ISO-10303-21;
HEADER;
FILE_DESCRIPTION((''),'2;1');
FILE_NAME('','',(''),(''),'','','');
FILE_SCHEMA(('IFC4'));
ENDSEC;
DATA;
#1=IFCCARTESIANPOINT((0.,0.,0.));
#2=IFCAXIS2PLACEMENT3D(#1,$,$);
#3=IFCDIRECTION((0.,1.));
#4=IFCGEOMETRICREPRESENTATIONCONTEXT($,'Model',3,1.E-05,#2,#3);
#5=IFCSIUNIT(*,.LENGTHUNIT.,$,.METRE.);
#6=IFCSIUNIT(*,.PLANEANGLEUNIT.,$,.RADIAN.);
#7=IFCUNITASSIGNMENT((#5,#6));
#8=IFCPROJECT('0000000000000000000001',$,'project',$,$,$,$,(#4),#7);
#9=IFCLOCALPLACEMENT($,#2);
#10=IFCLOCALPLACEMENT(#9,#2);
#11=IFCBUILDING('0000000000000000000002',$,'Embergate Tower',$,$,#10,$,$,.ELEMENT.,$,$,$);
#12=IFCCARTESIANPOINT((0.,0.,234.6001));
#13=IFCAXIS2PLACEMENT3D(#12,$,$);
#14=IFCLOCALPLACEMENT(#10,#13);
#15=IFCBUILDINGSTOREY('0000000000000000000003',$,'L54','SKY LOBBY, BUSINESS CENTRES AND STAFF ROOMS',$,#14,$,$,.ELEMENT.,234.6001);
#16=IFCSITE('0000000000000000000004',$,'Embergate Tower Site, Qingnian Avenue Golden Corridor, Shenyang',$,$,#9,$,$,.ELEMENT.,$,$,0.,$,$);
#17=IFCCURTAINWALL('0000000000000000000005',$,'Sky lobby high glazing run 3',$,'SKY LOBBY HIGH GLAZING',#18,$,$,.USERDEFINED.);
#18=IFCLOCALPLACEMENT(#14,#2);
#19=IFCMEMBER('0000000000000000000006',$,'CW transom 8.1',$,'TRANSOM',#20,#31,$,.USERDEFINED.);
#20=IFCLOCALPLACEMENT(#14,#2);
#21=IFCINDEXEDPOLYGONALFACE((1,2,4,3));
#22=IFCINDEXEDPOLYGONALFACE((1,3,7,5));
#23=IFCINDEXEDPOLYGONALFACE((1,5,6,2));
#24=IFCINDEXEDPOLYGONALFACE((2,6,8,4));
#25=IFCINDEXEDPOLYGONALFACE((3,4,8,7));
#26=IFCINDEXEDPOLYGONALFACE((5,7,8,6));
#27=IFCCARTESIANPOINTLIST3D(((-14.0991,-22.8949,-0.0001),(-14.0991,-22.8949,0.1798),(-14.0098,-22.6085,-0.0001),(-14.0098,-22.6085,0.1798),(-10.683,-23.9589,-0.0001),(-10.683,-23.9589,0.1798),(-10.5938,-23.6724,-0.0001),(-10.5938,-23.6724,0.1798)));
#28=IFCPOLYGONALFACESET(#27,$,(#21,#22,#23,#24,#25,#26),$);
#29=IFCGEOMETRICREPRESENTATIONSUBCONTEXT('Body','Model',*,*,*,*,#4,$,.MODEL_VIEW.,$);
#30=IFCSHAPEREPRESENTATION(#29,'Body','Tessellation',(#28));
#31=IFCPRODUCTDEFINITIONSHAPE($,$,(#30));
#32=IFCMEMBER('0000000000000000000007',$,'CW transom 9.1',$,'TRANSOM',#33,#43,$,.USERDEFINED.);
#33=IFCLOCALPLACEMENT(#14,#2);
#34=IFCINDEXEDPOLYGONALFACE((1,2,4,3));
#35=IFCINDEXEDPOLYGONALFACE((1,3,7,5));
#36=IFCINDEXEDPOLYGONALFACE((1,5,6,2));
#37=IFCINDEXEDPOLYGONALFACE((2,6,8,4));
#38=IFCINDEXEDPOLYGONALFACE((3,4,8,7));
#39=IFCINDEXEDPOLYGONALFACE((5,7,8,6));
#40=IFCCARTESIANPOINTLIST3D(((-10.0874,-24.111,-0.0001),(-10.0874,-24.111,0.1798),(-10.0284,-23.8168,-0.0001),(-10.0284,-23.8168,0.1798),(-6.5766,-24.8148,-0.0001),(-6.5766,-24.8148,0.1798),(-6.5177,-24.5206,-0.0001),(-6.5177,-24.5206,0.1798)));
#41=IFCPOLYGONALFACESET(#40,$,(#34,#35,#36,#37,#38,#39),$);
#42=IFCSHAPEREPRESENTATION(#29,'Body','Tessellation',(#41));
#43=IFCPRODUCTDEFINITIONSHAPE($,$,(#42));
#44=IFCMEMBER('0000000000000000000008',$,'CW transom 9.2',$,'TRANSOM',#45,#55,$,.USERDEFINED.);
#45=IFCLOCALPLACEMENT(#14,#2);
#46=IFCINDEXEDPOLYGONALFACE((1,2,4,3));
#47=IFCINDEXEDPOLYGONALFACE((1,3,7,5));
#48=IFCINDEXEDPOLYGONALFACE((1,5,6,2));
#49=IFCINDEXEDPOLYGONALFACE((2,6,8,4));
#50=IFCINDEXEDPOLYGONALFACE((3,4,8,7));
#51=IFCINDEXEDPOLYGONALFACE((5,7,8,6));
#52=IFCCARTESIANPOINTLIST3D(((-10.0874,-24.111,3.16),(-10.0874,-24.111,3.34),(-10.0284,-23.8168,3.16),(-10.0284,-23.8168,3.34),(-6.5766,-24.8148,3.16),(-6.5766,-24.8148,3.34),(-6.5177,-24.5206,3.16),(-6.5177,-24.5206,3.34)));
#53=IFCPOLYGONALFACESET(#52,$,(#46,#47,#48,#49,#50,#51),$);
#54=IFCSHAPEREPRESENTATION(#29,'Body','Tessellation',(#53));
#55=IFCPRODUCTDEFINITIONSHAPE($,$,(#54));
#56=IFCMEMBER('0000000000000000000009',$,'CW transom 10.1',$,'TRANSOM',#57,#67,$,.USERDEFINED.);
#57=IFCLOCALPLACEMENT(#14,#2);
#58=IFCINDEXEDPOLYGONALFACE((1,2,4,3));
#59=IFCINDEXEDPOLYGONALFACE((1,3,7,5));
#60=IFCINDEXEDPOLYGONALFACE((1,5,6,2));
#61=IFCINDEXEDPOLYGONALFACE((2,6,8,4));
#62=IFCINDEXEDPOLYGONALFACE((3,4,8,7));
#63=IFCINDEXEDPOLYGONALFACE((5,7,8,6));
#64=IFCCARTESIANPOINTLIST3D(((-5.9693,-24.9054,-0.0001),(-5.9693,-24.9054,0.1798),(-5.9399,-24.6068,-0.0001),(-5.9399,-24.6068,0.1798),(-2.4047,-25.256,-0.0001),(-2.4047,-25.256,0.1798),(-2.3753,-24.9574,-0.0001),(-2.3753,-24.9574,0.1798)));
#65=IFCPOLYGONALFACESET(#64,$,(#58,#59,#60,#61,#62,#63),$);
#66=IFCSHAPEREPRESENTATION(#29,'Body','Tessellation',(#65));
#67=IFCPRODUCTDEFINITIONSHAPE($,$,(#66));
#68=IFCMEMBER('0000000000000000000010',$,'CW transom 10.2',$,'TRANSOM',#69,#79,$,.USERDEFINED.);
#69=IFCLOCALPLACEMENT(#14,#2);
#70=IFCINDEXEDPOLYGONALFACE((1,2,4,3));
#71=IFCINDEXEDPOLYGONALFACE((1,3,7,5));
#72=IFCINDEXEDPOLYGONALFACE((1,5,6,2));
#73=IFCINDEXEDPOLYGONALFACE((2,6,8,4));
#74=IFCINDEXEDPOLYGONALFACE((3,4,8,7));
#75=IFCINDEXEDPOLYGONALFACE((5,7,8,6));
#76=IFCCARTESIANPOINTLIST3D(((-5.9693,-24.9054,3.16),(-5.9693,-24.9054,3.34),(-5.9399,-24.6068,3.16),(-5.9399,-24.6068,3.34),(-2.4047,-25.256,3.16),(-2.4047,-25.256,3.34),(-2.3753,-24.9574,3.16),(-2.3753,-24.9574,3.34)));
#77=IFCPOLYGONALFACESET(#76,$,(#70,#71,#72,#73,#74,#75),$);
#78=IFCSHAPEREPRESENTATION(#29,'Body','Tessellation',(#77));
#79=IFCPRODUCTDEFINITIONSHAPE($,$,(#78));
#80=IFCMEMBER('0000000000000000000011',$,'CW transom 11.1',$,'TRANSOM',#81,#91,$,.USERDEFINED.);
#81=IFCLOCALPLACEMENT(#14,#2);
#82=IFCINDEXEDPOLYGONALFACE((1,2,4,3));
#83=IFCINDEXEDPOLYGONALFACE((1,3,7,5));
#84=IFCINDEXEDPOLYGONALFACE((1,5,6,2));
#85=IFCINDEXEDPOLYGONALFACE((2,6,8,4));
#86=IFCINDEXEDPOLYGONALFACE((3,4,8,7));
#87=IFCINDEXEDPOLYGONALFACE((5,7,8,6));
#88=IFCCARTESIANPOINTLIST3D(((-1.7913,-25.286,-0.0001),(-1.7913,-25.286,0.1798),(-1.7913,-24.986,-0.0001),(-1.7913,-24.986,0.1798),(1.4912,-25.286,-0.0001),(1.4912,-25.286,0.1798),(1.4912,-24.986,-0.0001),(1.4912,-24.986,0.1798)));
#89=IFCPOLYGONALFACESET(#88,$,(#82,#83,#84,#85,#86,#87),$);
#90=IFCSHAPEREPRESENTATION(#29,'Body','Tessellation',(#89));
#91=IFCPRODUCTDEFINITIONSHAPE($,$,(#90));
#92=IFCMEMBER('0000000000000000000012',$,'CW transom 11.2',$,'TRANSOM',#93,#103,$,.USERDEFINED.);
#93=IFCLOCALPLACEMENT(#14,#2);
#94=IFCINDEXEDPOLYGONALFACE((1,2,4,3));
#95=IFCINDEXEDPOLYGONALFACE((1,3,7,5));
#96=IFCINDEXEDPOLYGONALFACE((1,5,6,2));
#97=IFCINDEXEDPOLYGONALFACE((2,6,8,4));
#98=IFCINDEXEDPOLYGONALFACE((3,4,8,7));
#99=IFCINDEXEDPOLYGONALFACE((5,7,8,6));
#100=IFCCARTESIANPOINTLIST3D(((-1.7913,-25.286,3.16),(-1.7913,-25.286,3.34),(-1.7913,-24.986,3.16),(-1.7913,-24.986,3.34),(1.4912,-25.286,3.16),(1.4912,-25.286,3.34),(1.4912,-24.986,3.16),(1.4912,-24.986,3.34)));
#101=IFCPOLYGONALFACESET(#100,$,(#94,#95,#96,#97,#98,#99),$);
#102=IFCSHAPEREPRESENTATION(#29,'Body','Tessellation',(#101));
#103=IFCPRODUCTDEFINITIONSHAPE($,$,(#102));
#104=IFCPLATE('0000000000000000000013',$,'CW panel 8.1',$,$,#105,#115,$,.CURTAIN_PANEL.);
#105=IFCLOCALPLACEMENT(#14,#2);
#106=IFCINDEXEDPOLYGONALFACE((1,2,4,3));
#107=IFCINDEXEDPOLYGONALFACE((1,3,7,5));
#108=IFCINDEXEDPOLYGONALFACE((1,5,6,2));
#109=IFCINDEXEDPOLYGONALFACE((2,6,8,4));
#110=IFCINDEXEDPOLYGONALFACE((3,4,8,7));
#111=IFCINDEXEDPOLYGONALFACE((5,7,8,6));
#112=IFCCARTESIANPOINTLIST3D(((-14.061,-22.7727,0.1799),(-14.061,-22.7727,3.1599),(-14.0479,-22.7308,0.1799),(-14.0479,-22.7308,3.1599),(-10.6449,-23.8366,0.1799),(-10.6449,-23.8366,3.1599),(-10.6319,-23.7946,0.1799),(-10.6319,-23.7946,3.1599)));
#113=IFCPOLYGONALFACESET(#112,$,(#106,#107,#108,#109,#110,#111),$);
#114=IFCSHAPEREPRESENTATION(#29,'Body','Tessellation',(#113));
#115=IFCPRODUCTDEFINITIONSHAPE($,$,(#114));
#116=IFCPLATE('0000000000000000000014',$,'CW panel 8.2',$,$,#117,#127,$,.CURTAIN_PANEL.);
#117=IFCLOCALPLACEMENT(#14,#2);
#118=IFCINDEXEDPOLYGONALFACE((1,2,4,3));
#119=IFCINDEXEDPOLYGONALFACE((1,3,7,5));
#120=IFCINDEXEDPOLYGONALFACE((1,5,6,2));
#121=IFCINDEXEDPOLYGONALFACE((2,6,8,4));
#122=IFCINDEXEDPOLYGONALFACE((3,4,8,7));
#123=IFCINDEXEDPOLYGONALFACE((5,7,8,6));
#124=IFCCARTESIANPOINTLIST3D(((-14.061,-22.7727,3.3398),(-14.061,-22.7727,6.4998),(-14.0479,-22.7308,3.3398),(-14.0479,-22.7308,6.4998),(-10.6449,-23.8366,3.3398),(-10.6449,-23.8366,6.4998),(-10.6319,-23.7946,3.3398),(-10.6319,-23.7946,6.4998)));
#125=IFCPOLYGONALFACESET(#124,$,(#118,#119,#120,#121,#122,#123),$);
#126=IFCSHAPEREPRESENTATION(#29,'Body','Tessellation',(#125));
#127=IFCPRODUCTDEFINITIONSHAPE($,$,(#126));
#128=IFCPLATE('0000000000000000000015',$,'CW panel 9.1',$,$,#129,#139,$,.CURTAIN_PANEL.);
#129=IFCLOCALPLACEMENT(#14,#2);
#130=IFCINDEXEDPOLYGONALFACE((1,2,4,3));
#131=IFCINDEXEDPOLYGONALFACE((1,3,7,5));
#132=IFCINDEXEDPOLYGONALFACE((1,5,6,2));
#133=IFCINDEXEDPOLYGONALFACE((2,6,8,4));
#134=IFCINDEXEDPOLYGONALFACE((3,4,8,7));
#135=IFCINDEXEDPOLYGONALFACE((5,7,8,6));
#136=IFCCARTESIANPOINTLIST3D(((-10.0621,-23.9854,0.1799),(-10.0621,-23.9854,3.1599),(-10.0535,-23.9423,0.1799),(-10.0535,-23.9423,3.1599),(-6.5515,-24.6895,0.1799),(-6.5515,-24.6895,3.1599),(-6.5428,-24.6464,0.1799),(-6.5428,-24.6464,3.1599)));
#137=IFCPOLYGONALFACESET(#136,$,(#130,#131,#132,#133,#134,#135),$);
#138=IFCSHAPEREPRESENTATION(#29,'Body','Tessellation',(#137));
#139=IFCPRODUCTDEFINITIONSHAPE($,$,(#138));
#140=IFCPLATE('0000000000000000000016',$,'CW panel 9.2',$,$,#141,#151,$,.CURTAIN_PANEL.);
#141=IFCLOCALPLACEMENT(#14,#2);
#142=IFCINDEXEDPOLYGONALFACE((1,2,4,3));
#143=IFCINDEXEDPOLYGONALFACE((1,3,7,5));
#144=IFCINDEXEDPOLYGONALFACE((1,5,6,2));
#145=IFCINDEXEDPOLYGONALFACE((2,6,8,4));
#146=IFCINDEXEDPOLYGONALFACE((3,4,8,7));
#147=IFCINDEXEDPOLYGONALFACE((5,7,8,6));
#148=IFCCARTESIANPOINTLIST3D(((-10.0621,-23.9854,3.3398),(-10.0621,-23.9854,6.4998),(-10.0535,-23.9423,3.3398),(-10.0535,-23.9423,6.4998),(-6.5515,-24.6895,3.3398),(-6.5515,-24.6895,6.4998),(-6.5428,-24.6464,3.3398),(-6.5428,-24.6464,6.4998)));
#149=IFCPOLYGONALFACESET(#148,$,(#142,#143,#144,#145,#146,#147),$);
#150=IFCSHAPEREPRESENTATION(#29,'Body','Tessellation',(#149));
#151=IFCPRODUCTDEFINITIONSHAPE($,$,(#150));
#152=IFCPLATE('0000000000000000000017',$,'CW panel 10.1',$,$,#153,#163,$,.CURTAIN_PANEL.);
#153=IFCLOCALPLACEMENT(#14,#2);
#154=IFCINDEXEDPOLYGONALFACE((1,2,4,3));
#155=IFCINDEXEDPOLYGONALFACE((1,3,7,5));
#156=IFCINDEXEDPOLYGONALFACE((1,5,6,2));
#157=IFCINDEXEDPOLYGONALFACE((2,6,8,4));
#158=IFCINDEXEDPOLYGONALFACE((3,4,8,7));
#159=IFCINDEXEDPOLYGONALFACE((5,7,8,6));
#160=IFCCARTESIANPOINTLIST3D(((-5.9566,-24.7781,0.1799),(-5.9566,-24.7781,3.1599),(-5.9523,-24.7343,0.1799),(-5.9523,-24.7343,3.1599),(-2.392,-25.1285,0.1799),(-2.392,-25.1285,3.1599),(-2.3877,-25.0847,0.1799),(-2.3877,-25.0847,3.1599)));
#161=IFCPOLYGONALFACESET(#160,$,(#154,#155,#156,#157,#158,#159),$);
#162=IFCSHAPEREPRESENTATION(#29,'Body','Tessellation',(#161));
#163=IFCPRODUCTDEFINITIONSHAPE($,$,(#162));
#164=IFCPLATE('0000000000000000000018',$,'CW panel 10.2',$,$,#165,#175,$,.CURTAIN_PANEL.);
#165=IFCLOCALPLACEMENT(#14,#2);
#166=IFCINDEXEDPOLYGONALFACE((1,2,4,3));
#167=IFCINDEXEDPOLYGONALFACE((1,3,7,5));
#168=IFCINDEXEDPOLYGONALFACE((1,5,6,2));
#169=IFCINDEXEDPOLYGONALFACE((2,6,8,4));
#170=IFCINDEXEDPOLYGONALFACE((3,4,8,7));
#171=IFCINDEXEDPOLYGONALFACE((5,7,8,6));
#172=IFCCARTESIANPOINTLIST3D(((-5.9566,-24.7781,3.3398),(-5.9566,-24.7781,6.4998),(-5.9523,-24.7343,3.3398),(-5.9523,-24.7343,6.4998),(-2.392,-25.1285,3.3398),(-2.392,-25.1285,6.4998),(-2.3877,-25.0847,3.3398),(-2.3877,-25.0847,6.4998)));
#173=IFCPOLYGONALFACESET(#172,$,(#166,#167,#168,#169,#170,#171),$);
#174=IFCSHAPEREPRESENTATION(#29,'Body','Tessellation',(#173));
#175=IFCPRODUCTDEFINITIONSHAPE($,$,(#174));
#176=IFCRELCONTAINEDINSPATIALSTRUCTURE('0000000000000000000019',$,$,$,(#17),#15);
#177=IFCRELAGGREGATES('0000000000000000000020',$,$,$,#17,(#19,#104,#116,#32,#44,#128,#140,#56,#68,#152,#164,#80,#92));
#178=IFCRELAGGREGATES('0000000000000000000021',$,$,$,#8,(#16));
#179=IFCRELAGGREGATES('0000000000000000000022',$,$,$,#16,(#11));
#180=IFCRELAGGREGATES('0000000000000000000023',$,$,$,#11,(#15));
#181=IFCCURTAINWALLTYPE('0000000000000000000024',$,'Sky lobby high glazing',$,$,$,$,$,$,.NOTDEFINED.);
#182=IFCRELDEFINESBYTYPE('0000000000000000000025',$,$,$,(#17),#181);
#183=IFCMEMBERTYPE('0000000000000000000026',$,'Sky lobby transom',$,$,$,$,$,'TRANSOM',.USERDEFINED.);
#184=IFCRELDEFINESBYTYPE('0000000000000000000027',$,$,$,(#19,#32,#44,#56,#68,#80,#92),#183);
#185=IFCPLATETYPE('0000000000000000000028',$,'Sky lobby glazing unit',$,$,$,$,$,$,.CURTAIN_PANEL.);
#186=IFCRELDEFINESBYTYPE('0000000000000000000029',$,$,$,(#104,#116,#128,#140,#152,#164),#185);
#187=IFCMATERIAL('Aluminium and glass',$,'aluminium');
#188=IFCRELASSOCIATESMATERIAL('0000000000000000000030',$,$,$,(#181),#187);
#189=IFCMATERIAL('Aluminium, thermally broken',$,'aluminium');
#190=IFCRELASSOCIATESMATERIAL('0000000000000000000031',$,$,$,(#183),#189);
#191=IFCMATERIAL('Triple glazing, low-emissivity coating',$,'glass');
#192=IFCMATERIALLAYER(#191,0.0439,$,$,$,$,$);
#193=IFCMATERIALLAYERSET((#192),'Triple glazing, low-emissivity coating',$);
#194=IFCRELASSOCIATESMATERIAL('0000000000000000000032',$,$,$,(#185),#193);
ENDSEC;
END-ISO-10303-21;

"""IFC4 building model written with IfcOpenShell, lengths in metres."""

from ifc_helpers import new_model, si_unit, direction, frame, origin, origin_2d, place, context, subcontext, project, spatial, rectangle, extrude, source, transform, mapped, material, layer, layer_set, material_profile, profile_set, type_object, element, aggregate, save


model = new_model("IFC4")

# Units and contexts
model_context = context("Model", 3, precision=1e-05, world=origin(), true_north=direction((0.0, 1.0)))
body_context = subcontext(model_context, "Body", "Model", "MODEL_VIEW")
ifc_project = project(units=[si_unit("LENGTHUNIT", "METRE"), si_unit("PLANEANGLEUNIT", "RADIAN")], contexts=[model_context])

# Site, building, storey
site_placement = place(None, origin())
site = spatial("IfcSite", under=ifc_project, at=site_placement, Name="Embergate Tower Site, Qingnian Avenue Golden Corridor, Shenyang", CompositionType="ELEMENT", RefElevation=0.0)
building_placement = place(site_placement, origin())
building = spatial("IfcBuilding", under=site, at=building_placement, Name="Embergate Tower", CompositionType="ELEMENT")
storey_placement = place(building_placement, frame((0.0, 0.0, 234.6001)))
storey = spatial("IfcBuildingStorey", under=building, at=storey_placement, Name="L54", Description="SKY LOBBY, BUSINESS CENTRES AND STAFF ROOMS", CompositionType="ELEMENT", Elevation=234.6001)

# Curtain wall, members
ifc_material_1 = material(Name="Aluminium and glass", Category="aluminium")
curtain_wall_type = type_object("IfcCurtainWallType", Name="Sky lobby high glazing", PredefinedType="NOTDEFINED", material=ifc_material_1)
curtain_wall_placement = place(storey_placement, origin())
curtain_wall = element("IfcCurtainWall", 1, at=curtain_wall_placement, inside=storey, type_object=curtain_wall_type, Name="Sky lobby high glazing run 3", ObjectType="SKY LOBBY HIGH GLAZING", PredefinedType="USERDEFINED")
ifc_material_2 = material(Name="Aluminium, thermally broken", Category="aluminium")
ifc_material_profile_1 = material_profile(ifc_material_2, rectangle(XDim=0.3, YDim=0.1799, at=origin_2d()), Name="AL 180x300")
ifc_profile_set_1 = profile_set([ifc_material_profile_1], Name="Aluminium, thermally broken")
member_type_1 = type_object("IfcMemberType", Name="Sky lobby transom", ElementType="TRANSOM", PredefinedType="USERDEFINED", material=ifc_profile_set_1)
shared_shape_1 = source(origin(), body_context, "Body", "SweptSolid", [
    extrude(rectangle(XDim=0.3, YDim=0.1799, at=origin_2d()), origin(), (0.0, 0.0, 1.0), 3.5779),
])
member_1_placement = place(storey_placement, frame((-14.0544, -22.7517, 0.0898), z_axis=(0.954761, -0.297373, 0.0), x_axis=(0.297373, 0.954761, 0.0)))
member_1 = element("IfcMember", 2, at=member_1_placement, type_object=member_type_1, Name="CW transom 8.1", ObjectType="TRANSOM", PredefinedType="USERDEFINED", context=body_context, shape_type="MappedRepresentation", body=[
    mapped(shared_shape_1, transform((0.0, 0.0, 0.0))),
])
shared_shape_2 = source(origin(), body_context, "Body", "SweptSolid", [
    extrude(rectangle(XDim=0.3, YDim=0.1799, at=origin_2d()), origin(), (0.0, 0.0, 1.0), 3.5806),
])
member_2_placement = place(storey_placement, frame((-10.0579, -23.9639, 0.0898), z_axis=(0.980489, -0.196575, 0.0), x_axis=(0.196575, 0.980489, 0.0)))
member_2 = element("IfcMember", 3, at=member_2_placement, type_object=member_type_1, Name="CW transom 9.1", ObjectType="TRANSOM", PredefinedType="USERDEFINED", context=body_context, shape_type="MappedRepresentation", body=[
    mapped(shared_shape_2, transform((0.0, 0.0, 0.0))),
])
member_3_placement = place(storey_placement, frame((-10.0579, -23.9639, 3.25), z_axis=(0.980489, -0.196575, 0.0), x_axis=(0.196575, 0.980489, 0.0)))
member_3 = element("IfcMember", 4, at=member_3_placement, type_object=member_type_1, Name="CW transom 9.2", ObjectType="TRANSOM", PredefinedType="USERDEFINED", context=body_context, shape_type="MappedRepresentation", body=[
    mapped(shared_shape_2, transform((0.0, 0.0, 0.0))),
])
shared_shape_3 = source(origin(), body_context, "Body", "SweptSolid", [
    extrude(rectangle(XDim=0.3, YDim=0.1799, at=origin_2d()), origin(), (0.0, 0.0, 1.0), 3.5818),
])
member_4_placement = place(storey_placement, frame((-5.9546, -24.7561, 0.0898), z_axis=(0.995198, -0.097877, 0.0), x_axis=(0.097877, 0.995198, 0.0)))
member_4 = element("IfcMember", 5, at=member_4_placement, type_object=member_type_1, Name="CW transom 10.1", ObjectType="TRANSOM", PredefinedType="USERDEFINED", context=body_context, shape_type="MappedRepresentation", body=[
    mapped(shared_shape_3, transform((0.0, 0.0, 0.0))),
])
member_5_placement = place(storey_placement, frame((-5.9546, -24.7561, 3.25), z_axis=(0.995198, -0.097877, 0.0), x_axis=(0.097877, 0.995198, 0.0)))
member_5 = element("IfcMember", 6, at=member_5_placement, type_object=member_type_1, Name="CW transom 10.2", ObjectType="TRANSOM", PredefinedType="USERDEFINED", context=body_context, shape_type="MappedRepresentation", body=[
    mapped(shared_shape_3, transform((0.0, 0.0, 0.0))),
])
shared_shape_4 = source(origin(), body_context, "Body", "SweptSolid", [
    extrude(rectangle(XDim=0.3, YDim=0.1799, at=origin_2d()), origin(), (0.0, 0.0, 1.0), 3.2825),
])
member_6_placement = place(storey_placement, frame((-1.7913, -25.136, 0.0898), z_axis=(1.0, 0.0, 0.0), x_axis=(0.0, 1.0, 0.0)))
member_6 = element("IfcMember", 7, at=member_6_placement, type_object=member_type_1, Name="CW transom 11.1", ObjectType="TRANSOM", PredefinedType="USERDEFINED", context=body_context, shape_type="MappedRepresentation", body=[
    mapped(shared_shape_4, transform((0.0, 0.0, 0.0))),
])
member_7_placement = place(storey_placement, frame((-1.7913, -25.136, 3.25), z_axis=(1.0, 0.0, 0.0), x_axis=(0.0, 1.0, 0.0)))
member_7 = element("IfcMember", 8, at=member_7_placement, type_object=member_type_1, Name="CW transom 11.2", ObjectType="TRANSOM", PredefinedType="USERDEFINED", context=body_context, shape_type="MappedRepresentation", body=[
    mapped(shared_shape_4, transform((0.0, 0.0, 0.0))),
])

# Plates
ifc_material_3 = material(Name="Triple glazing, low-emissivity coating", Category="glass")
ifc_layer_1 = layer(ifc_material_3, 0.0439)
ifc_layer_set_1 = layer_set([ifc_layer_1], Name="Triple glazing, low-emissivity coating")
plate_type = type_object("IfcPlateType", Name="Sky lobby glazing unit", PredefinedType="CURTAIN_PANEL", material=ifc_layer_set_1)
shared_shape_5 = source(origin(), body_context, "Body", "SweptSolid", [
    extrude(rectangle(XDim=3.5779, YDim=0.0439, at=origin_2d()), origin(), (0.0, 0.0, 1.0), 2.98),
])
plate_1_placement = place(storey_placement, frame((-12.3464, -23.2837, 0.1799), z_axis=(0.0, 0.0, 1.0), x_axis=(0.954772, -0.29734, 0.0)))
plate_1 = element("IfcPlate", 9, at=plate_1_placement, type_object=plate_type, Name="CW panel 8.1", PredefinedType="CURTAIN_PANEL", context=body_context, shape_type="MappedRepresentation", body=[
    mapped(shared_shape_5, transform((0.0, 0.0, 0.0))),
])
shared_shape_6 = source(origin(), body_context, "Body", "SweptSolid", [
    extrude(rectangle(XDim=3.5779, YDim=0.0439, at=origin_2d()), origin(), (0.0, 0.0, 1.0), 3.1599),
])
plate_2_placement = place(storey_placement, frame((-12.3464, -23.2837, 3.3398), z_axis=(0.0, 0.0, 1.0), x_axis=(0.954772, -0.29734, 0.0)))
plate_2 = element("IfcPlate", 10, at=plate_2_placement, type_object=plate_type, Name="CW panel 8.2", PredefinedType="CURTAIN_PANEL", context=body_context, shape_type="MappedRepresentation", body=[
    mapped(shared_shape_6, transform((0.0, 0.0, 0.0))),
])
shared_shape_7 = source(origin(), body_context, "Body", "SweptSolid", [
    extrude(rectangle(XDim=3.5806, YDim=0.0439, at=origin_2d()), origin(), (0.0, 0.0, 1.0), 2.98),
])
plate_3_placement = place(storey_placement, frame((-8.3025, -24.3159, 0.1799), z_axis=(0.0, 0.0, 1.0), x_axis=(0.980476, -0.196639, 0.0)))
plate_3 = element("IfcPlate", 11, at=plate_3_placement, type_object=plate_type, Name="CW panel 9.1", PredefinedType="CURTAIN_PANEL", context=body_context, shape_type="MappedRepresentation", body=[
    mapped(shared_shape_7, transform((0.0, 0.0, 0.0))),
])
shared_shape_8 = source(origin(), body_context, "Body", "SweptSolid", [
    extrude(rectangle(XDim=3.5806, YDim=0.0439, at=origin_2d()), origin(), (0.0, 0.0, 1.0), 3.1599),
])
plate_4_placement = place(storey_placement, frame((-8.3025, -24.3159, 3.3398), z_axis=(0.0, 0.0, 1.0), x_axis=(0.980476, -0.196639, 0.0)))
plate_4 = element("IfcPlate", 12, at=plate_4_placement, type_object=plate_type, Name="CW panel 9.2", PredefinedType="CURTAIN_PANEL", context=body_context, shape_type="MappedRepresentation", body=[
    mapped(shared_shape_8, transform((0.0, 0.0, 0.0))),
])
shared_shape_9 = source(origin(), body_context, "Body", "SweptSolid", [
    extrude(rectangle(XDim=3.5818, YDim=0.0439, at=origin_2d()), origin(), (0.0, 0.0, 1.0), 2.98),
])
plate_5_placement = place(storey_placement, frame((-4.1721, -24.9314, 0.1799), z_axis=(0.0, 0.0, 1.0), x_axis=(0.995203, -0.09783, 0.0)))
plate_5 = element("IfcPlate", 13, at=plate_5_placement, type_object=plate_type, Name="CW panel 10.1", PredefinedType="CURTAIN_PANEL", context=body_context, shape_type="MappedRepresentation", body=[
    mapped(shared_shape_9, transform((0.0, 0.0, 0.0))),
])
shared_shape_10 = source(origin(), body_context, "Body", "SweptSolid", [
    extrude(rectangle(XDim=3.5818, YDim=0.0439, at=origin_2d()), origin(), (0.0, 0.0, 1.0), 3.1599),
])
plate_6_placement = place(storey_placement, frame((-4.1721, -24.9314, 3.3398), z_axis=(0.0, 0.0, 1.0), x_axis=(0.995203, -0.09783, 0.0)))
plate_6 = element("IfcPlate", 14, at=plate_6_placement, type_object=plate_type, Name="CW panel 10.2", PredefinedType="CURTAIN_PANEL", context=body_context, shape_type="MappedRepresentation", body=[
    mapped(shared_shape_10, transform((0.0, 0.0, 0.0))),
])
aggregate(curtain_wall, [member_1, plate_1, plate_2, member_2, member_3, plate_3, plate_4, member_4, member_5, plate_5, plate_6, member_6, member_7])

save(model, "model.ifc")
